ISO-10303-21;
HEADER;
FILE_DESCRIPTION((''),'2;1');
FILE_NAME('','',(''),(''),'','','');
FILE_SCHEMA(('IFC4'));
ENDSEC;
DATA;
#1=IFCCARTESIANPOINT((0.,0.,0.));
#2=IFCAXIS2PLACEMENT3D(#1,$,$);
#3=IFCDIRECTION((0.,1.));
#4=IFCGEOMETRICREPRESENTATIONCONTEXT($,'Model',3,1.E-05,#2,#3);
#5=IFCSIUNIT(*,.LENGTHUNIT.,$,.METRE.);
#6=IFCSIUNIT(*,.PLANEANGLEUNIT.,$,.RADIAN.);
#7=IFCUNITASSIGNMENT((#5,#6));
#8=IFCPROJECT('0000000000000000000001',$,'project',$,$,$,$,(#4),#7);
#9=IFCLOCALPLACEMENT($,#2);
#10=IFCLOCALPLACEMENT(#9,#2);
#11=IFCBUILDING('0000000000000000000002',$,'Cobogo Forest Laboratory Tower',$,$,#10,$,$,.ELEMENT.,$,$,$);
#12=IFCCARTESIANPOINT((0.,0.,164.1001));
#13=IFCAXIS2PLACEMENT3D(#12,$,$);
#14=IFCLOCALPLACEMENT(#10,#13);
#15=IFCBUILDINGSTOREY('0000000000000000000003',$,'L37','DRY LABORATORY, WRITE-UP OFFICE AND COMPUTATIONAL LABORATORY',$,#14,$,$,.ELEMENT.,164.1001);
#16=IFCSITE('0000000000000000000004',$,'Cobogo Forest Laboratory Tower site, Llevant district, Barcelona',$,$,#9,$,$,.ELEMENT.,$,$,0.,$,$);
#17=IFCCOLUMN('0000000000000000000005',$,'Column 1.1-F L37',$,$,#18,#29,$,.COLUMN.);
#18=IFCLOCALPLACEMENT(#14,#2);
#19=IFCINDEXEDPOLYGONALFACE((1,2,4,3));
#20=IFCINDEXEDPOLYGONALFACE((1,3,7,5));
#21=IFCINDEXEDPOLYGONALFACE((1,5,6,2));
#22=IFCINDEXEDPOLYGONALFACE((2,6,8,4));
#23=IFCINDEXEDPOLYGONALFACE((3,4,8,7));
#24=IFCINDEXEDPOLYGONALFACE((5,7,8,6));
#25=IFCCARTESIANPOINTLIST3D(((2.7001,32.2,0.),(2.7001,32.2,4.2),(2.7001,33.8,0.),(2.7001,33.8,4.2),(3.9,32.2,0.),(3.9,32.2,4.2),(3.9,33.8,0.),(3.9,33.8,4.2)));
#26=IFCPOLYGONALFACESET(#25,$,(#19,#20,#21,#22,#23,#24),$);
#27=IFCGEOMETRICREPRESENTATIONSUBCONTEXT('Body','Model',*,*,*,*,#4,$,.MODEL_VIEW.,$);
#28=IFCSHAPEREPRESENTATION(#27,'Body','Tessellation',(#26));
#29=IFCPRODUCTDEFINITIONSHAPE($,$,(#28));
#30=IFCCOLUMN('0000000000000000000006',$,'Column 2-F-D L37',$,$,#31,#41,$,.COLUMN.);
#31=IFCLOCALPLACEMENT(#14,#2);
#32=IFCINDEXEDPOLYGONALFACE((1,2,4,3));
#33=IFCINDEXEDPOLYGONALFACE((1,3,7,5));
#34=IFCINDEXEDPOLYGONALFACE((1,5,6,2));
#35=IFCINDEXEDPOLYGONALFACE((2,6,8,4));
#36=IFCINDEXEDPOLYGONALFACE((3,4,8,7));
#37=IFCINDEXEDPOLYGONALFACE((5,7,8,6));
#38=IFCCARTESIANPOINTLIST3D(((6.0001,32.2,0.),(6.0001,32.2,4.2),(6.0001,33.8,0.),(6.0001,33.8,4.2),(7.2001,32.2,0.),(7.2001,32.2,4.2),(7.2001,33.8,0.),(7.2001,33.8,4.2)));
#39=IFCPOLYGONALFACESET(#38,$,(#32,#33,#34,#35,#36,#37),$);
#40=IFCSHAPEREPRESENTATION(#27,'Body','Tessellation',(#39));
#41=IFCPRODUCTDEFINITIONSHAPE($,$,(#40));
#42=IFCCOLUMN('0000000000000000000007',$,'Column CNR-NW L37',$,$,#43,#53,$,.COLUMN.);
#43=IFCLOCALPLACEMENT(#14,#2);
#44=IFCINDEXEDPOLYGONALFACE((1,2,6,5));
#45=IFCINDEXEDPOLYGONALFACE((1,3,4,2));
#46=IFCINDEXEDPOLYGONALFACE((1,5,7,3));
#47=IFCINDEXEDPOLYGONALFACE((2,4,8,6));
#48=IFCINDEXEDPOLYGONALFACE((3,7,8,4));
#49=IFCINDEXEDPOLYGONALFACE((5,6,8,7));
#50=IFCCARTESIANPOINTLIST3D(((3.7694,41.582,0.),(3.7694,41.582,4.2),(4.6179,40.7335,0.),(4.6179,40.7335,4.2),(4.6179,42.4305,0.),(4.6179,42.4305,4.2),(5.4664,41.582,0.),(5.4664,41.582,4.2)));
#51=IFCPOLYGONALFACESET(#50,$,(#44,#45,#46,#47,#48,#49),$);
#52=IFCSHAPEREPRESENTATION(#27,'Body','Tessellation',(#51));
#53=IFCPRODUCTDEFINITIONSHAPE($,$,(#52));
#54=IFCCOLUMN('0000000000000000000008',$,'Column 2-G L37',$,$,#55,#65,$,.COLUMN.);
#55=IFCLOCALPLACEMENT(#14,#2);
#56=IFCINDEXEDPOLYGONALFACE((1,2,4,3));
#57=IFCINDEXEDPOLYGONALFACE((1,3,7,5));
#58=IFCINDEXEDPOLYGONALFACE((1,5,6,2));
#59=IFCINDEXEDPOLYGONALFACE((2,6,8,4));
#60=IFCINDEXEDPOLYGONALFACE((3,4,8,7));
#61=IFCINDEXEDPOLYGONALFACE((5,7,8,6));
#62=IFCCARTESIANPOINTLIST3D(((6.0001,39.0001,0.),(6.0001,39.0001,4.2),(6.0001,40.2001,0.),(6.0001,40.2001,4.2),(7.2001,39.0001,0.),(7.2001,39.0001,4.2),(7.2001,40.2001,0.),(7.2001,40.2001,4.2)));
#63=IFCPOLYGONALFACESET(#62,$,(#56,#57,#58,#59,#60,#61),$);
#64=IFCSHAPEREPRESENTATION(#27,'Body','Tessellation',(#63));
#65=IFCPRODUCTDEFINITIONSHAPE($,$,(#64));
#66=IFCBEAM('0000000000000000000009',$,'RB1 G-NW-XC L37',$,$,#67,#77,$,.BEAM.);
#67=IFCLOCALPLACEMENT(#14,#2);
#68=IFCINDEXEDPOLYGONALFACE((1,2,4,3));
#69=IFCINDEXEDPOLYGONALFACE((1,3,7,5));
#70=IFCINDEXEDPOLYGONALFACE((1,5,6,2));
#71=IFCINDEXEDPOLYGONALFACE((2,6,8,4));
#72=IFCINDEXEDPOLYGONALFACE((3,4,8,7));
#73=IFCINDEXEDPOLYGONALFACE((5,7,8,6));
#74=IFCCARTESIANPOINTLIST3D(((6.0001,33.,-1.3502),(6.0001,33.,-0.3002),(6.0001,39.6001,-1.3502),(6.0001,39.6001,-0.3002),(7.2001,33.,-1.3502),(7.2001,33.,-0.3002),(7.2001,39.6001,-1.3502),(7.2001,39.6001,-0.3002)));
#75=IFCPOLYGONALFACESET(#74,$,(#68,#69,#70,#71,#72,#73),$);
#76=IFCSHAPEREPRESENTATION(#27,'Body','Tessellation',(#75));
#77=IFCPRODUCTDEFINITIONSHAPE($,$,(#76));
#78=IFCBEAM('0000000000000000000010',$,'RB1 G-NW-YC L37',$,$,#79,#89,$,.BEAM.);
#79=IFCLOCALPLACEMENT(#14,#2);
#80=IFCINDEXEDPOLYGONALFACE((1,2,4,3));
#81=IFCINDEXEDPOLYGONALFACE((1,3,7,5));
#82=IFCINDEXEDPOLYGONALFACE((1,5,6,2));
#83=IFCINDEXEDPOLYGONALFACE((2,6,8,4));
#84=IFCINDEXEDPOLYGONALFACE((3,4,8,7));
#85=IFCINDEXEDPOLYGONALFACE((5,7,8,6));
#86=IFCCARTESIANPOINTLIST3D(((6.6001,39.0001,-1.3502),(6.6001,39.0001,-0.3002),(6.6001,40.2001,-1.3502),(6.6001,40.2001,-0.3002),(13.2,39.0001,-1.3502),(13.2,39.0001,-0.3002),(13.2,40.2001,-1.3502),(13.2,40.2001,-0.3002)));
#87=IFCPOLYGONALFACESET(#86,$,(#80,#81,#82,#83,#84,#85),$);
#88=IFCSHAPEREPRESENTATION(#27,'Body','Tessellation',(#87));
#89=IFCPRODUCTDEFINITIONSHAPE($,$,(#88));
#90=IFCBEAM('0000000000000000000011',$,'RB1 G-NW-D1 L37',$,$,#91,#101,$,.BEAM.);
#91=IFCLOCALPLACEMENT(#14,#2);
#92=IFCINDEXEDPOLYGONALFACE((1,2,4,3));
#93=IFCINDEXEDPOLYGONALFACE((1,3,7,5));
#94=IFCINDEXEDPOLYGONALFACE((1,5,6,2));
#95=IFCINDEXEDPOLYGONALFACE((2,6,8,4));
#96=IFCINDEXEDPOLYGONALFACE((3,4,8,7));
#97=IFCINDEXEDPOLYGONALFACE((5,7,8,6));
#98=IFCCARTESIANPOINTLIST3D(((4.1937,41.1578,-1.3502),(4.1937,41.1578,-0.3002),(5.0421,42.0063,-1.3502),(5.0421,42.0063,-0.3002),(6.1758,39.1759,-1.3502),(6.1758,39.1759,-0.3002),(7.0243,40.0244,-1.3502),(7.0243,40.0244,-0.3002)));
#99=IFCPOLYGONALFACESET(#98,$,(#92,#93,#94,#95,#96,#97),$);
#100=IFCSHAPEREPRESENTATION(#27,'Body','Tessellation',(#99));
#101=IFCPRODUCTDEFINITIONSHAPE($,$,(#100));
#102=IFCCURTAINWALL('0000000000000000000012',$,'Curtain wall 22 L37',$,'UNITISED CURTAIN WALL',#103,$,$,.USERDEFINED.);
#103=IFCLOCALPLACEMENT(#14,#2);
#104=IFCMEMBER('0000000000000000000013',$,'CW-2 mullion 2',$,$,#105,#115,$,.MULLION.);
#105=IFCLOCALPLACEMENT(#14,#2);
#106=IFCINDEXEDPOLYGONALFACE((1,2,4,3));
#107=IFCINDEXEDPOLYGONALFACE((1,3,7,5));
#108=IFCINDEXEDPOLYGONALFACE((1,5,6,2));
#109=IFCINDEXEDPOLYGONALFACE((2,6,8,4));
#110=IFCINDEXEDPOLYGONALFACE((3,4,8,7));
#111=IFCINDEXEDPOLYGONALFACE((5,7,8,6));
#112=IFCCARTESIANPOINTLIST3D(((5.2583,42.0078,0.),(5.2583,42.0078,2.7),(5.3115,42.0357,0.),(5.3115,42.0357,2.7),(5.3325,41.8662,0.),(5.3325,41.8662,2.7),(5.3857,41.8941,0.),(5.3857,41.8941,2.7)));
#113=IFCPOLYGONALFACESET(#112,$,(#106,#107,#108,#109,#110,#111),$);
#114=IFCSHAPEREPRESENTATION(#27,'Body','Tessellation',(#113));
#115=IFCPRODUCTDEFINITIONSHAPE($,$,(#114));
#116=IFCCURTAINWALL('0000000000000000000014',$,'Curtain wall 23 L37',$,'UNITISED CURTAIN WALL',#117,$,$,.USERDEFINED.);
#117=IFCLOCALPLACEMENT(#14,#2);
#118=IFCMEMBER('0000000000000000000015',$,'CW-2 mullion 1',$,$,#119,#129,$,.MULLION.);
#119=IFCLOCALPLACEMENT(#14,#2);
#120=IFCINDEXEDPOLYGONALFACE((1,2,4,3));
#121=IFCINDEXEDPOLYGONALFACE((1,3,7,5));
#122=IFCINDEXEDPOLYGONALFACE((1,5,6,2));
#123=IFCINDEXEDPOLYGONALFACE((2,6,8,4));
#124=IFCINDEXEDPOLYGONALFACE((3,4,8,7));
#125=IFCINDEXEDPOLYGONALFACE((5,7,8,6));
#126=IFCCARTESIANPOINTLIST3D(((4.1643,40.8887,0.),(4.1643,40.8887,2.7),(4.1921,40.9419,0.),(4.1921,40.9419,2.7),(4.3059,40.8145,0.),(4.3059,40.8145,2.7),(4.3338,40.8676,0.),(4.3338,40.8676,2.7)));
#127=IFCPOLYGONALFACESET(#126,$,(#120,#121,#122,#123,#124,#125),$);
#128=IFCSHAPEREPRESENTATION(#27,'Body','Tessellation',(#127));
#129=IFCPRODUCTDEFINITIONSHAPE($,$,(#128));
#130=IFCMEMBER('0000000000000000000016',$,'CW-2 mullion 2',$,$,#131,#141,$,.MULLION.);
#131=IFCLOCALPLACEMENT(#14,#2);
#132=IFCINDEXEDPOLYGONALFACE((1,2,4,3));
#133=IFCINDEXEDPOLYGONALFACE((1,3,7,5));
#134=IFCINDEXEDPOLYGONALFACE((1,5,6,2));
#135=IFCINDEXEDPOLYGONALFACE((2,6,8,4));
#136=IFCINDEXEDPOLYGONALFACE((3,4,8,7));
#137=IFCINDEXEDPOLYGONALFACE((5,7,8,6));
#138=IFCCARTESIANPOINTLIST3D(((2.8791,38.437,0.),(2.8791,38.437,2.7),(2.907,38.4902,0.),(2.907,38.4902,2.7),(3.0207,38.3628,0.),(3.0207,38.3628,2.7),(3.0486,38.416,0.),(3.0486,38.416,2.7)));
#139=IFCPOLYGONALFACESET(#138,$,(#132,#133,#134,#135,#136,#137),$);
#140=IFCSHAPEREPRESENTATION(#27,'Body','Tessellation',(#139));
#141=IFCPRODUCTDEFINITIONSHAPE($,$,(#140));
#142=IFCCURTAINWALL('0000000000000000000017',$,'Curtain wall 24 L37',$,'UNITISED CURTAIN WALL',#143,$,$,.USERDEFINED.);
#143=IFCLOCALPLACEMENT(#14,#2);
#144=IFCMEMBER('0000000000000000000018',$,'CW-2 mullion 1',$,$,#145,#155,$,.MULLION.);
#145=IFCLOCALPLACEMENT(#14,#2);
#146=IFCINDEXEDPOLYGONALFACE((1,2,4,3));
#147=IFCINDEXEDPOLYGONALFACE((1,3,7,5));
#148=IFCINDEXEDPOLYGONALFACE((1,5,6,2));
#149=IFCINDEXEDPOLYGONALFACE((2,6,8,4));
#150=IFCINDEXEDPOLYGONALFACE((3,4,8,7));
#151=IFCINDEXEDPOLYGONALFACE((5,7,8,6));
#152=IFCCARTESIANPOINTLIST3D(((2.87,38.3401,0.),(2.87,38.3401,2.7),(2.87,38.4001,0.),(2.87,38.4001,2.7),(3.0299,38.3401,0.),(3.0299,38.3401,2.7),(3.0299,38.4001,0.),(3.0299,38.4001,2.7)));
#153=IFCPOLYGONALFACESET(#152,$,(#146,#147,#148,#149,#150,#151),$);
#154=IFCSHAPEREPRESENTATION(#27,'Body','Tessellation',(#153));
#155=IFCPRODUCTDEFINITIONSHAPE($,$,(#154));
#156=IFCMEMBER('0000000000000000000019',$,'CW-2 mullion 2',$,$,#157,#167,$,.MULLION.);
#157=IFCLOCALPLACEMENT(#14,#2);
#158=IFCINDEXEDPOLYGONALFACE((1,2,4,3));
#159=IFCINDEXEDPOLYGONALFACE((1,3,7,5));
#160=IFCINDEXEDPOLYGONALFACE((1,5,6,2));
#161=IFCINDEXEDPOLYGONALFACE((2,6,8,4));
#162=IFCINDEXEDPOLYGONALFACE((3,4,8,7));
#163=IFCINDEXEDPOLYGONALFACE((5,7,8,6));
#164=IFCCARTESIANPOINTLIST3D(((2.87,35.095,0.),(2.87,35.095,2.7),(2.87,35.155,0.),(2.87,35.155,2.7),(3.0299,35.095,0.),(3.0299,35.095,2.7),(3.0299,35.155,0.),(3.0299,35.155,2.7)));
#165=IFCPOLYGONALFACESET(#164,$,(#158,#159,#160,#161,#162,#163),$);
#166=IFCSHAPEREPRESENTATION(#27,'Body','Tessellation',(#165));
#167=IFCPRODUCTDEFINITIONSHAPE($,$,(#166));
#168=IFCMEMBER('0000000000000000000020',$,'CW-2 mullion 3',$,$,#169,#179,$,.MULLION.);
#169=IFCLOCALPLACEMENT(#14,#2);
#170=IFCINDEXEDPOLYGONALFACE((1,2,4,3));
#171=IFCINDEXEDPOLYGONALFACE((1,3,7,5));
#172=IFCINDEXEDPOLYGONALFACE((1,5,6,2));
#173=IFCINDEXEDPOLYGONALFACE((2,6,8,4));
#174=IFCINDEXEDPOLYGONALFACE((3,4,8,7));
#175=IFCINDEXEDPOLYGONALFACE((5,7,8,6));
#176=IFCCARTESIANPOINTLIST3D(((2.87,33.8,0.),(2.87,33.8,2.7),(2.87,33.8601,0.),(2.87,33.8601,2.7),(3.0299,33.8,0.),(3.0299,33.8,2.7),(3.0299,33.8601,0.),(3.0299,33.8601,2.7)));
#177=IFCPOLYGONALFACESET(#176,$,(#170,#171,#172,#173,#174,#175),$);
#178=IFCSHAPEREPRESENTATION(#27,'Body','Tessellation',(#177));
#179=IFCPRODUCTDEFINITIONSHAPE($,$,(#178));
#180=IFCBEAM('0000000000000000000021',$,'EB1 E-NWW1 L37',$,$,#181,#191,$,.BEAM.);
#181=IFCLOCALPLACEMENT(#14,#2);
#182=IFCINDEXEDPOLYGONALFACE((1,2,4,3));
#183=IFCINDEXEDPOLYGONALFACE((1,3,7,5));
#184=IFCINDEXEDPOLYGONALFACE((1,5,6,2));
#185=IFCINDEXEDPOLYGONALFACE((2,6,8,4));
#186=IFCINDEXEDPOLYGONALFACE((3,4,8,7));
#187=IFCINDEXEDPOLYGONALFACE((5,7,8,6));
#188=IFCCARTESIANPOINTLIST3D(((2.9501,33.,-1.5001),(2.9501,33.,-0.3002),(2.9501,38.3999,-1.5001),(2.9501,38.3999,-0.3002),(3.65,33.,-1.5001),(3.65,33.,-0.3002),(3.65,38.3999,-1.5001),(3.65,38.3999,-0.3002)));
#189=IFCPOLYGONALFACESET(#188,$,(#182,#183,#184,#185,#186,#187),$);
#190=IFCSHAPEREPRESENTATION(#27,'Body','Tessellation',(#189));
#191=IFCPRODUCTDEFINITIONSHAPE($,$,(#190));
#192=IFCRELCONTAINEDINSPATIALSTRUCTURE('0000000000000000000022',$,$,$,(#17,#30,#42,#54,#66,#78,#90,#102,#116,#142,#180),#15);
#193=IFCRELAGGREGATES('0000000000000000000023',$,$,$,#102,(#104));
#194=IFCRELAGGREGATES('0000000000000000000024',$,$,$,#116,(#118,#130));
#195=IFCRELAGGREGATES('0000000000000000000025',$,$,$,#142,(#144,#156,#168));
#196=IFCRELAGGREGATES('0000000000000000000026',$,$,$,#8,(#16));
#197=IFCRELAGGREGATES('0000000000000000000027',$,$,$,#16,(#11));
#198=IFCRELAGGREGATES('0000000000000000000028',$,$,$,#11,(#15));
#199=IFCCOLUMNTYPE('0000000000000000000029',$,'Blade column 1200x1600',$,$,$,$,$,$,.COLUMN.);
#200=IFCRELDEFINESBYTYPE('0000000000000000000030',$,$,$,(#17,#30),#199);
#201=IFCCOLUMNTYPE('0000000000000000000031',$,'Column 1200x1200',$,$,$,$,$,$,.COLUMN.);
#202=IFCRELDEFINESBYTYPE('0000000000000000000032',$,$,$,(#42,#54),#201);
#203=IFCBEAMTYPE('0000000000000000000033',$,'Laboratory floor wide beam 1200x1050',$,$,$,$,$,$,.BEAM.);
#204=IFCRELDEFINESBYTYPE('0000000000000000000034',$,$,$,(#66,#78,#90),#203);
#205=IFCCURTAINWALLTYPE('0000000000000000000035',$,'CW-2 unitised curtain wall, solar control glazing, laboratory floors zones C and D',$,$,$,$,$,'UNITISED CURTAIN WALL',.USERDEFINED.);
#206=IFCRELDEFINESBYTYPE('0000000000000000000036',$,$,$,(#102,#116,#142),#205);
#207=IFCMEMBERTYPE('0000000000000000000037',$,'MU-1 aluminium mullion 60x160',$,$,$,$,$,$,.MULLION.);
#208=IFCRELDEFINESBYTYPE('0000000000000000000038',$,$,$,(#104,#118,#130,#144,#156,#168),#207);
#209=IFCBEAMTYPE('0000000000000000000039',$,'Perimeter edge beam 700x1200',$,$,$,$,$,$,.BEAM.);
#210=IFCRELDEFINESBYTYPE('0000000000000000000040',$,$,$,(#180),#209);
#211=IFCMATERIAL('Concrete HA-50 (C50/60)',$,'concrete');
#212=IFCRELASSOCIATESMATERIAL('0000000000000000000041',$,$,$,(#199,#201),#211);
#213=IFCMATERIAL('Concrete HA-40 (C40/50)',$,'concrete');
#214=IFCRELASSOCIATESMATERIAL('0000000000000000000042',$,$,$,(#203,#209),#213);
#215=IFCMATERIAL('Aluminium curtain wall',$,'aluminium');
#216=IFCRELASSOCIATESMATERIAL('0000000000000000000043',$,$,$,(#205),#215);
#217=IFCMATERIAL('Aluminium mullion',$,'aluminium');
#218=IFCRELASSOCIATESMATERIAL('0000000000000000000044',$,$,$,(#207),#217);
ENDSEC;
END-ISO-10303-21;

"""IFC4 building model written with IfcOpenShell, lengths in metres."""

from ifc_helpers import new_model, si_unit, direction, frame, origin, origin_2d, place, context, subcontext, project, spatial, rectangle, extrude, material, material_profile, profile_set, type_object, element, aggregate, save


model = new_model("IFC4")

# Units and contexts
model_context = context("Model", 3, precision=1e-05, world=origin(), true_north=direction((0.0, 1.0)))
body_context = subcontext(model_context, "Body", "Model", "MODEL_VIEW")
ifc_project = project(units=[si_unit("LENGTHUNIT", "METRE"), si_unit("PLANEANGLEUNIT", "RADIAN")], contexts=[model_context])

# Site, building, storey
site_placement = place(None, origin())
site = spatial("IfcSite", under=ifc_project, at=site_placement, Name="Cobogo Forest Laboratory Tower site, Llevant district, Barcelona", CompositionType="ELEMENT", RefElevation=0.0)
building_placement = place(site_placement, origin())
building = spatial("IfcBuilding", under=site, at=building_placement, Name="Cobogo Forest Laboratory Tower", CompositionType="ELEMENT")
storey_placement = place(building_placement, frame((0.0, 0.0, 164.1001)))
storey = spatial("IfcBuildingStorey", under=building, at=storey_placement, Name="L37", Description="DRY LABORATORY, WRITE-UP OFFICE AND COMPUTATIONAL LABORATORY", CompositionType="ELEMENT", Elevation=164.1001)

# Columns
ifc_material_1 = material(Name="Concrete HA-50 (C50/60)", Category="concrete")
ifc_material_profile_1 = material_profile(ifc_material_1, rectangle(XDim=1.6001, YDim=1.2, at=origin_2d()), Name="RC 1200x1600")
ifc_profile_set_1 = profile_set([ifc_material_profile_1], Name="Concrete HA-50 (C50/60)")
column_type_1 = type_object("IfcColumnType", Name="Blade column 1200x1600", PredefinedType="COLUMN", material=ifc_profile_set_1)
for number, where, z_axis, x_axis, name in (
    (1, (3.3, 33.0, 0.0), (0.0, 0.0, 1.0), (0.0, 1.0, 0.0), "Column 1.1-F L37"),
    (2, (6.6001, 33.0, 0.0), (0.0, 0.0, 1.0), (0.0, 1.0, 0.0), "Column 2-F-D L37"),
):
    element("IfcColumn", number, at=place(storey_placement, frame(where, z_axis=z_axis, x_axis=x_axis)), inside=storey, type_object=column_type_1, Name=name, PredefinedType="COLUMN", context=body_context, shape_type="SweptSolid", body=[
        extrude(rectangle(XDim=1.6001, YDim=1.2, at=origin_2d()), origin(), (0.0, 0.0, 1.0), 4.2),
    ])
ifc_material_profile_2 = material_profile(ifc_material_1, rectangle(XDim=1.2, YDim=1.2, at=origin_2d()), Name="RC 1200x1200")
ifc_profile_set_2 = profile_set([ifc_material_profile_2], Name="Concrete HA-50 (C50/60)")
column_type_2 = type_object("IfcColumnType", Name="Column 1200x1200", PredefinedType="COLUMN", material=ifc_profile_set_2)
for number, where, z_axis, x_axis, name in (
    (3, (4.6179, 41.582, 0.0), (0.0, 0.0, 1.0), (0.707107, 0.707107, 0.0), "Column CNR-NW L37"),
    (4, (6.6001, 39.6001, 0.0), (0.0, 0.0, 1.0), (1.0, 0.0, 0.0), "Column 2-G L37"),
):
    element("IfcColumn", number, at=place(storey_placement, frame(where, z_axis=z_axis, x_axis=x_axis)), inside=storey, type_object=column_type_2, Name=name, PredefinedType="COLUMN", context=body_context, shape_type="SweptSolid", body=[
        extrude(rectangle(XDim=1.2, YDim=1.2, at=origin_2d()), origin(), (0.0, 0.0, 1.0), 4.2),
    ])

# Beams
ifc_material_2 = material(Name="Concrete HA-40 (C40/50)", Category="concrete")
ifc_material_profile_3 = material_profile(ifc_material_2, rectangle(XDim=1.2, YDim=1.05, at=origin_2d()), Name="RC 1200x1050")
ifc_profile_set_3 = profile_set([ifc_material_profile_3], Name="Concrete HA-40 (C40/50)")
beam_type_1 = type_object("IfcBeamType", Name="Laboratory floor wide beam 1200x1050", PredefinedType="BEAM", material=ifc_profile_set_3)
beam_1_placement = place(storey_placement, frame((6.6001, 39.6001, -0.8252), z_axis=(0.0, -1.0, 0.0), x_axis=(1.0, 0.0, 0.0)))
element("IfcBeam", 5, at=beam_1_placement, inside=storey, type_object=beam_type_1, Name="RB1 G-NW-XC L37", PredefinedType="BEAM", context=body_context, shape_type="SweptSolid", body=[
    extrude(rectangle(XDim=1.2, YDim=1.05, at=origin_2d()), origin(), (0.0, 0.0, 1.0), 6.6001),
])
beam_2_placement = place(storey_placement, frame((6.6001, 39.6001, -0.8252), z_axis=(1.0, 0.0, 0.0), x_axis=(0.0, 1.0, 0.0)))
element("IfcBeam", 6, at=beam_2_placement, inside=storey, type_object=beam_type_1, Name="RB1 G-NW-YC L37", PredefinedType="BEAM", context=body_context, shape_type="SweptSolid", body=[
    extrude(rectangle(XDim=1.2, YDim=1.05, at=origin_2d()), origin(), (0.0, 0.0, 1.0), 6.5999),
])
beam_3_placement = place(storey_placement, frame((4.6179, 41.582, -0.8252), z_axis=(0.70715, -0.707063, 0.0), x_axis=(0.707063, 0.70715, 0.0)))
element("IfcBeam", 7, at=beam_3_placement, inside=storey, type_object=beam_type_1, Name="RB1 G-NW-D1 L37", PredefinedType="BEAM", context=body_context, shape_type="SweptSolid", body=[
    extrude(rectangle(XDim=1.2, YDim=1.05, at=origin_2d()), origin(), (0.0, 0.0, 1.0), 2.803),
])

# Curtain wall, member
ifc_material_3 = material(Name="Aluminium curtain wall", Category="aluminium")
curtain_wall_type = type_object("IfcCurtainWallType", Name="CW-2 unitised curtain wall, solar control glazing, laboratory floors zones C and D", ElementType="UNITISED CURTAIN WALL", PredefinedType="USERDEFINED", material=ifc_material_3)
curtain_wall_1_placement = place(storey_placement, origin())
curtain_wall_1 = element("IfcCurtainWall", 8, at=curtain_wall_1_placement, inside=storey, type_object=curtain_wall_type, Name="Curtain wall 22 L37", ObjectType="UNITISED CURTAIN WALL", PredefinedType="USERDEFINED")
ifc_material_4 = material(Name="Aluminium mullion", Category="aluminium")
ifc_material_profile_4 = material_profile(ifc_material_4, rectangle(XDim=0.0601, YDim=0.1599, at=origin_2d()), Name="AL 60x160")
ifc_profile_set_4 = profile_set([ifc_material_profile_4], Name="Aluminium mullion")
member_type_1 = type_object("IfcMemberType", Name="MU-1 aluminium mullion 60x160", PredefinedType="MULLION", material=ifc_profile_set_4)
member_1_placement = place(storey_placement, frame((5.322, 41.9509, 0.0), z_axis=(0.0, 0.0, 1.0), x_axis=(-0.885686, -0.464284, 0.0)))
member_1 = element("IfcMember", 9, at=member_1_placement, type_object=member_type_1, Name="CW-2 mullion 2", PredefinedType="MULLION", context=body_context, shape_type="SweptSolid", body=[
    extrude(rectangle(XDim=0.0601, YDim=0.1599, at=origin_2d()), origin(), (0.0, 0.0, 1.0), 2.7),
])

# Curtain walls, members
curtain_wall_2_placement = place(storey_placement, origin())
curtain_wall_2 = element("IfcCurtainWall", 10, at=curtain_wall_2_placement, inside=storey, type_object=curtain_wall_type, Name="Curtain wall 23 L37", ObjectType="UNITISED CURTAIN WALL", PredefinedType="USERDEFINED")
member_2_placement = place(storey_placement, frame((4.249, 40.8782, 0.0), z_axis=(0.0, 0.0, 1.0), x_axis=(-0.464284, -0.885686, 0.0)))
member_2 = element("IfcMember", 11, at=member_2_placement, type_object=member_type_1, Name="CW-2 mullion 1", PredefinedType="MULLION", context=body_context, shape_type="SweptSolid", body=[
    extrude(rectangle(XDim=0.0601, YDim=0.1599, at=origin_2d()), origin(), (0.0, 0.0, 1.0), 2.7),
])
member_3_placement = place(storey_placement, frame((2.9639, 38.4265, 0.0), z_axis=(0.0, 0.0, 1.0), x_axis=(-0.464284, -0.885686, 0.0)))
member_3 = element("IfcMember", 12, at=member_3_placement, type_object=member_type_1, Name="CW-2 mullion 2", PredefinedType="MULLION", context=body_context, shape_type="SweptSolid", body=[
    extrude(rectangle(XDim=0.0601, YDim=0.1599, at=origin_2d()), origin(), (0.0, 0.0, 1.0), 2.7),
])
curtain_wall_3_placement = place(storey_placement, origin())
curtain_wall_3 = element("IfcCurtainWall", 13, at=curtain_wall_3_placement, inside=storey, type_object=curtain_wall_type, Name="Curtain wall 24 L37", ObjectType="UNITISED CURTAIN WALL", PredefinedType="USERDEFINED")
member_4_placement = place(storey_placement, frame((2.95, 38.3701, 0.0), z_axis=(0.0, 0.0, 1.0), x_axis=(0.0, -1.0, 0.0)))
member_4 = element("IfcMember", 14, at=member_4_placement, type_object=member_type_1, Name="CW-2 mullion 1", PredefinedType="MULLION", context=body_context, shape_type="SweptSolid", body=[
    extrude(rectangle(XDim=0.0601, YDim=0.1599, at=origin_2d()), origin(), (0.0, 0.0, 1.0), 2.7),
])
member_5_placement = place(storey_placement, frame((2.95, 35.125, 0.0), z_axis=(0.0, 0.0, 1.0), x_axis=(0.0, -1.0, 0.0)))
member_5 = element("IfcMember", 15, at=member_5_placement, type_object=member_type_1, Name="CW-2 mullion 2", PredefinedType="MULLION", context=body_context, shape_type="SweptSolid", body=[
    extrude(rectangle(XDim=0.0601, YDim=0.1599, at=origin_2d()), origin(), (0.0, 0.0, 1.0), 2.7),
])
member_6_placement = place(storey_placement, frame((2.95, 33.8301, 0.0), z_axis=(0.0, 0.0, 1.0), x_axis=(0.0, -1.0, 0.0)))
member_6 = element("IfcMember", 16, at=member_6_placement, type_object=member_type_1, Name="CW-2 mullion 3", PredefinedType="MULLION", context=body_context, shape_type="SweptSolid", body=[
    extrude(rectangle(XDim=0.0601, YDim=0.1599, at=origin_2d()), origin(), (0.0, 0.0, 1.0), 2.7),
])

# Beam
ifc_material_profile_5 = material_profile(ifc_material_2, rectangle(XDim=0.7, YDim=1.2, at=origin_2d()), Name="RC 700x1200")
ifc_profile_set_5 = profile_set([ifc_material_profile_5], Name="Concrete HA-40 (C40/50)")
beam_type_2 = type_object("IfcBeamType", Name="Perimeter edge beam 700x1200", PredefinedType="BEAM", material=ifc_profile_set_5)
beam_4_placement = place(storey_placement, frame((3.3, 33.0, -0.9001), z_axis=(0.0, 1.0, 0.0), x_axis=(-1.0, 0.0, 0.0)))
element("IfcBeam", 17, at=beam_4_placement, inside=storey, type_object=beam_type_2, Name="EB1 E-NWW1 L37", PredefinedType="BEAM", context=body_context, shape_type="SweptSolid", body=[
    extrude(rectangle(XDim=0.7, YDim=1.2, at=origin_2d()), origin(), (0.0, 0.0, 1.0), 5.3999),
])

aggregate(curtain_wall_1, [member_1])
aggregate(curtain_wall_2, [member_2, member_3])
aggregate(curtain_wall_3, [member_4, member_5, member_6])

save(model, "model.ifc")
